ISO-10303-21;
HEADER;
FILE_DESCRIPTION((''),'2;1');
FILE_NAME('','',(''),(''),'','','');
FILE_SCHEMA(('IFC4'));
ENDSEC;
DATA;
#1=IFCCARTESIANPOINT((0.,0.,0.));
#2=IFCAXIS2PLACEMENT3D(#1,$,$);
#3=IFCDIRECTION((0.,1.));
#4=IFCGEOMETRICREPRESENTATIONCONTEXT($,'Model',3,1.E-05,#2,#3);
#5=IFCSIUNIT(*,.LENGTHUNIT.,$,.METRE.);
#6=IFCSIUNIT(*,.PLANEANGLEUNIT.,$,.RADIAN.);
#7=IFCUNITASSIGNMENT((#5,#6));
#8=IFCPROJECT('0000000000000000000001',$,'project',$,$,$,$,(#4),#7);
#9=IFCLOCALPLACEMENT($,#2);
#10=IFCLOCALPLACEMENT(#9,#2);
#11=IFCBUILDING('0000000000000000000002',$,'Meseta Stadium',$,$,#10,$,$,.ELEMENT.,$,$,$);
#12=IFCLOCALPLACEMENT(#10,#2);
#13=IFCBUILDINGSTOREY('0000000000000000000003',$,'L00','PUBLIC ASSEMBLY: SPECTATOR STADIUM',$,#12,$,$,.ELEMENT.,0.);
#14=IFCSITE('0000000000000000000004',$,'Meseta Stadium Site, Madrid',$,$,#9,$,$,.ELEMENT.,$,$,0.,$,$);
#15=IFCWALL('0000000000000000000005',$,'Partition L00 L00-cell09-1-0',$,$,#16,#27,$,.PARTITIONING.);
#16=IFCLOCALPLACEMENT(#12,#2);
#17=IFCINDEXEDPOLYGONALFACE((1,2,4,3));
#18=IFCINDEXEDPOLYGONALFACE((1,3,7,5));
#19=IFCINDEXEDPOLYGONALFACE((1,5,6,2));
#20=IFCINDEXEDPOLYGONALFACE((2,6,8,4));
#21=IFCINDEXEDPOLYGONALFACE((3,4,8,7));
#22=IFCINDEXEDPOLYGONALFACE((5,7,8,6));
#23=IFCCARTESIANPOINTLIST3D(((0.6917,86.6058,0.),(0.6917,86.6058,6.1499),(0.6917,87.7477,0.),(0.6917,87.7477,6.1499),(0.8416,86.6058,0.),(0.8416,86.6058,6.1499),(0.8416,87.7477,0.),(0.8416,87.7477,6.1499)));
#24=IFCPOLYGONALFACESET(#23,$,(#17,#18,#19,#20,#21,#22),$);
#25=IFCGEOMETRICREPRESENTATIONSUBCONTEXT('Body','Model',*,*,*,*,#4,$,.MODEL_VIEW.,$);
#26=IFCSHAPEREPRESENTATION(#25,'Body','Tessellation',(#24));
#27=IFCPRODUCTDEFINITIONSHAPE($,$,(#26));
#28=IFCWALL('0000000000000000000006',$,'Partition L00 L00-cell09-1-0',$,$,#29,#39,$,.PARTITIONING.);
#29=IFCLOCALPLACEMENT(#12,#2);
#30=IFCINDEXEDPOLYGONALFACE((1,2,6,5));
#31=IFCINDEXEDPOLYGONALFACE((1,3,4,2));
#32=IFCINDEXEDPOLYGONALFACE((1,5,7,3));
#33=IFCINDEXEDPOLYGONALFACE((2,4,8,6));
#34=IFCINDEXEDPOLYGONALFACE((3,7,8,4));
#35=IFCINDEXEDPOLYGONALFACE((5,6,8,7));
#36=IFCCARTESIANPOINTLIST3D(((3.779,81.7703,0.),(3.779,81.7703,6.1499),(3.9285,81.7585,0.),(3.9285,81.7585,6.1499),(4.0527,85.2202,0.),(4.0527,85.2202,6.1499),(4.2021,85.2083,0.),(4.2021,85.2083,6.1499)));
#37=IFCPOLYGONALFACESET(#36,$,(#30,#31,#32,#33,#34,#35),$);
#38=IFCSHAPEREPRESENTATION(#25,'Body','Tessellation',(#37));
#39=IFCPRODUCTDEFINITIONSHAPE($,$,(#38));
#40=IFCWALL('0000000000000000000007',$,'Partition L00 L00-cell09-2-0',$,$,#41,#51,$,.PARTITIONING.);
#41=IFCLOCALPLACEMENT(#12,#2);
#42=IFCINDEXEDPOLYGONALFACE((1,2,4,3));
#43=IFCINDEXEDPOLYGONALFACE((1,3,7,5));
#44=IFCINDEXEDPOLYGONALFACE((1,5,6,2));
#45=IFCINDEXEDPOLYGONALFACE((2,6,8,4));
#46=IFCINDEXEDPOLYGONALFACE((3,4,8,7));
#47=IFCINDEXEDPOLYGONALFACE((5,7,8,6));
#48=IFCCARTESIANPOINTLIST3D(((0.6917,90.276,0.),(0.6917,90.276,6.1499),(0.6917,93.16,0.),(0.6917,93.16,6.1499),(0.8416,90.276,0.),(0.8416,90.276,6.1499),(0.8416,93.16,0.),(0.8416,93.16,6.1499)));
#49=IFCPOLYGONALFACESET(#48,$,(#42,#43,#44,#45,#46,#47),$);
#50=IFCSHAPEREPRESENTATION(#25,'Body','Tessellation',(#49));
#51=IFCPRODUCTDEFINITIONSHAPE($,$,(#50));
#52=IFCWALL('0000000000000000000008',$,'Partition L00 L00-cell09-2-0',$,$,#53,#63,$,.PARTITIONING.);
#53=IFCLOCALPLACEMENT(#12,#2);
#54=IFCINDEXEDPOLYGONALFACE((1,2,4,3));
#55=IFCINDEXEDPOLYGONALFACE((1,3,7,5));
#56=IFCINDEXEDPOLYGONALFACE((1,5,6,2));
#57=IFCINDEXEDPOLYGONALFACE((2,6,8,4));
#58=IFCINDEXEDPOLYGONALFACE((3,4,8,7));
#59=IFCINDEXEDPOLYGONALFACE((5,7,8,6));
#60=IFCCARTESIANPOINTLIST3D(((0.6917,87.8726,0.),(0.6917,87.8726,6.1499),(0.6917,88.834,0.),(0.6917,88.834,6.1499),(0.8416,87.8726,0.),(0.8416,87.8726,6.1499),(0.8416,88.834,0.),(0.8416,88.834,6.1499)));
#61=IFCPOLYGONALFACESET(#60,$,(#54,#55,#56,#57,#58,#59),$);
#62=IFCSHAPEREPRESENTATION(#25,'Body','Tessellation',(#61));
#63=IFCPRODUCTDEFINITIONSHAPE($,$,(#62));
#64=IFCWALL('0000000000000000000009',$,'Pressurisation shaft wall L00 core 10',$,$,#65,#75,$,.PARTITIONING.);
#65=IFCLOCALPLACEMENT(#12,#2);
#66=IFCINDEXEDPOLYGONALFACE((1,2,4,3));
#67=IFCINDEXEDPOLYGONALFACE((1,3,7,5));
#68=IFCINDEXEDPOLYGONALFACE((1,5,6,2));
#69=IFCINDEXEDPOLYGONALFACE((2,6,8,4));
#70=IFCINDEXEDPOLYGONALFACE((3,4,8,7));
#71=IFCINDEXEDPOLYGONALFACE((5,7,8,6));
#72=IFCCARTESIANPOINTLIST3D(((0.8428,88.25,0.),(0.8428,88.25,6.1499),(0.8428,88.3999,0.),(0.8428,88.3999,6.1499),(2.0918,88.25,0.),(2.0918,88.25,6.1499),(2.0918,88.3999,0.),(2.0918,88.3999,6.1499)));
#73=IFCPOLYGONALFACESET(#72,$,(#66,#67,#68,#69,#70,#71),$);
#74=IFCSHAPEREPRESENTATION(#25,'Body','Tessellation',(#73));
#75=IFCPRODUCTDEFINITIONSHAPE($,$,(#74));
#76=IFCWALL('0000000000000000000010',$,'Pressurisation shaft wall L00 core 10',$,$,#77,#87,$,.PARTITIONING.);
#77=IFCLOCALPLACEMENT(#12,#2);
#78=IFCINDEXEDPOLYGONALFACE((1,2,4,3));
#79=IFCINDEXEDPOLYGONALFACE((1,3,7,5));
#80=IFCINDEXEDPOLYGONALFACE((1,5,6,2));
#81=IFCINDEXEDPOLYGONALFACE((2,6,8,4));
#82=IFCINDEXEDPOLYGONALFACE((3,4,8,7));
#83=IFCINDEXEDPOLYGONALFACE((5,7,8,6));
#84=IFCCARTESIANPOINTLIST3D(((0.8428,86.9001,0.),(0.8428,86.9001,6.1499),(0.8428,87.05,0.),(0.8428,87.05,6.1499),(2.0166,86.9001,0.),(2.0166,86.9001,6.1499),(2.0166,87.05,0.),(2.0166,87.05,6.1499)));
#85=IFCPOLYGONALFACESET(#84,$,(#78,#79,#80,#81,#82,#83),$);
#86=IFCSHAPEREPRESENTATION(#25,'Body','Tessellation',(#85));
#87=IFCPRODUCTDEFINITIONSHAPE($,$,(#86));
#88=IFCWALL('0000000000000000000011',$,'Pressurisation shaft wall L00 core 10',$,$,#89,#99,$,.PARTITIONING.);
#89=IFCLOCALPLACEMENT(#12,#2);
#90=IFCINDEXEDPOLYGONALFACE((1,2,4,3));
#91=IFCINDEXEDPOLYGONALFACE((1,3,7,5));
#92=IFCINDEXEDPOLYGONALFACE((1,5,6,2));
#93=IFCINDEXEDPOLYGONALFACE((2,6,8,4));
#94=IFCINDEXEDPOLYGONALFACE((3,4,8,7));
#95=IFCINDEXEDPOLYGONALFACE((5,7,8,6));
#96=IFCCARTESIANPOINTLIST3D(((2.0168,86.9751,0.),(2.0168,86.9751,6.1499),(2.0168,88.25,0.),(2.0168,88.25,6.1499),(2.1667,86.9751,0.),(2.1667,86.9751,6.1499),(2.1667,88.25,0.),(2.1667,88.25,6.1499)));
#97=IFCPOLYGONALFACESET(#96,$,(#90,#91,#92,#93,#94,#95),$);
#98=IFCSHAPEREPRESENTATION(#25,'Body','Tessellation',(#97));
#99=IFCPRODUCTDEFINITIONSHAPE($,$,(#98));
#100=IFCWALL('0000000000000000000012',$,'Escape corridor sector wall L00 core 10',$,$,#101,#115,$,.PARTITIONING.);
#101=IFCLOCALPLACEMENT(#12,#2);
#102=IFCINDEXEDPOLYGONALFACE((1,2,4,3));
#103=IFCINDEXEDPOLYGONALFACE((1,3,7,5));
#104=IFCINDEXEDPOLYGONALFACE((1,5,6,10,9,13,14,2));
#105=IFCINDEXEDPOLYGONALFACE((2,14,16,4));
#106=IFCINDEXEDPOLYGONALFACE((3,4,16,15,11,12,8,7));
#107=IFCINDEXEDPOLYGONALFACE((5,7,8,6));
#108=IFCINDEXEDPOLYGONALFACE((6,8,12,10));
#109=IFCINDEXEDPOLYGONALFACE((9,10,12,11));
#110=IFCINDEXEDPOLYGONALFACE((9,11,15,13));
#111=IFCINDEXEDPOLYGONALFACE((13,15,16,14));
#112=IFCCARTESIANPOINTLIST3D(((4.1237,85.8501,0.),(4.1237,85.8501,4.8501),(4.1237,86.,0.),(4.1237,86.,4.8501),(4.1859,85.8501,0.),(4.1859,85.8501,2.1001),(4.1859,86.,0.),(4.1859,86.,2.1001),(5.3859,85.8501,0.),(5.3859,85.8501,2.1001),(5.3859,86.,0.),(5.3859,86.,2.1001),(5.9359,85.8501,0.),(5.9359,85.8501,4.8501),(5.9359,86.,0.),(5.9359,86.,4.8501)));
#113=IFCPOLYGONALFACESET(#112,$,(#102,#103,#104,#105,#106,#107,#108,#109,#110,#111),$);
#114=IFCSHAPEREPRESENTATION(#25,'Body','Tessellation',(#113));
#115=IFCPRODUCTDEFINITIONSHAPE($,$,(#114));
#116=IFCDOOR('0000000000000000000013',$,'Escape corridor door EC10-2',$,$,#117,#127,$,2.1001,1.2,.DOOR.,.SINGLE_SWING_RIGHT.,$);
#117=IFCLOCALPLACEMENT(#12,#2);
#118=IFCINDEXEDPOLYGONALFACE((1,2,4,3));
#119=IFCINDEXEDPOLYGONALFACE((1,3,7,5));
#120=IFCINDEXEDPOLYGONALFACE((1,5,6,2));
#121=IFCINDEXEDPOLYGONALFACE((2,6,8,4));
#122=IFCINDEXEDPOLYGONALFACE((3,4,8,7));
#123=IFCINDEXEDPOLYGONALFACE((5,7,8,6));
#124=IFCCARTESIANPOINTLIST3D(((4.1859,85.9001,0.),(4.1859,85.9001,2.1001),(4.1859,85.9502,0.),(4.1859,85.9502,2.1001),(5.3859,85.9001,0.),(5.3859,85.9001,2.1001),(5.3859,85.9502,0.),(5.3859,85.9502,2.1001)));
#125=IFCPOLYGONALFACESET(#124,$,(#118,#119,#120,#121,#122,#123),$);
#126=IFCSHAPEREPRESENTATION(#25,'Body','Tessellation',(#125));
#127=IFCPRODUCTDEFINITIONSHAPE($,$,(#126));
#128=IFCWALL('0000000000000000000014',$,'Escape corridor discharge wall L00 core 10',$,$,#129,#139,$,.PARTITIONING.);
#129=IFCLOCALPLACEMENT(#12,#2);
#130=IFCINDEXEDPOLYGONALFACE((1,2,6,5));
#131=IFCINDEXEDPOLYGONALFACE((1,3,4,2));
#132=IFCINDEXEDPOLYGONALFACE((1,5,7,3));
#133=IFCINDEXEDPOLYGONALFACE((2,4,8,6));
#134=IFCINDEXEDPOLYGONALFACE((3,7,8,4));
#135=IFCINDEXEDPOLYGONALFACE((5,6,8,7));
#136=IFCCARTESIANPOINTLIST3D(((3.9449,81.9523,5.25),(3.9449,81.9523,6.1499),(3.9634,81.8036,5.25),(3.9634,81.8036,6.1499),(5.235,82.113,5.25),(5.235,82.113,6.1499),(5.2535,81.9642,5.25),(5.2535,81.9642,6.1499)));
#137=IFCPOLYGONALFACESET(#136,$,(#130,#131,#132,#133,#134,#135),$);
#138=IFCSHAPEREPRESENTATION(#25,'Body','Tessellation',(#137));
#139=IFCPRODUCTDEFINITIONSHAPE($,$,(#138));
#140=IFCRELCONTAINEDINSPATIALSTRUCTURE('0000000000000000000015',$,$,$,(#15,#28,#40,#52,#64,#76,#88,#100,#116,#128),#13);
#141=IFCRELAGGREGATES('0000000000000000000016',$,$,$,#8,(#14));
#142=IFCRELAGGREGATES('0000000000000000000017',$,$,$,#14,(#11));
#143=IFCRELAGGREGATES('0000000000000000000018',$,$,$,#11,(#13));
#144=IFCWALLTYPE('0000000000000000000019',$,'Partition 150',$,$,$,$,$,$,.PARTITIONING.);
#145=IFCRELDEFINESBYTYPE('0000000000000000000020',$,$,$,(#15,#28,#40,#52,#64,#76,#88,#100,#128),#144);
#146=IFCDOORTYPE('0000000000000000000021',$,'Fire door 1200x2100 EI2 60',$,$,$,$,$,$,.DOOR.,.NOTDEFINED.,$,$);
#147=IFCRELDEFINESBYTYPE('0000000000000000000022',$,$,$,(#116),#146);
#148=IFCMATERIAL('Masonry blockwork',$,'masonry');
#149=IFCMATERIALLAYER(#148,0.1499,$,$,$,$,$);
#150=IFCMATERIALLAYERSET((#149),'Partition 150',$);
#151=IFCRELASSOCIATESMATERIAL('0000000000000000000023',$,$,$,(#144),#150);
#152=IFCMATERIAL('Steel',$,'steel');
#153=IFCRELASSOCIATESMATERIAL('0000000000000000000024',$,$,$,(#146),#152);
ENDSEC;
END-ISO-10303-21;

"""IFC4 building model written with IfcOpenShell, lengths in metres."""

from ifc_helpers import new_model, si_unit, direction, frame, frame_2d, origin, place, context, subcontext, project, spatial, rectangle, extrude, material, layer, layer_set, type_object, element, fill, save


model = new_model("IFC4")

# Units and contexts
model_context = context("Model", 3, precision=1e-05, world=origin(), true_north=direction((0.0, 1.0)))
body_context = subcontext(model_context, "Body", "Model", "MODEL_VIEW")
ifc_project = project(units=[si_unit("LENGTHUNIT", "METRE"), si_unit("PLANEANGLEUNIT", "RADIAN")], contexts=[model_context])

# Site, building, storey
site_placement = place(None, origin())
site = spatial("IfcSite", under=ifc_project, at=site_placement, Name="Meseta Stadium Site, Madrid", CompositionType="ELEMENT", RefElevation=0.0)
building_placement = place(site_placement, origin())
building = spatial("IfcBuilding", under=site, at=building_placement, Name="Meseta Stadium", CompositionType="ELEMENT")
storey_placement = place(building_placement, origin())
storey = spatial("IfcBuildingStorey", under=building, at=storey_placement, Name="L00", Description="PUBLIC ASSEMBLY: SPECTATOR STADIUM", CompositionType="ELEMENT", Elevation=0.0)

# Walls
ifc_material_1 = material(Name="Masonry blockwork", Category="masonry")
ifc_layer_1 = layer(ifc_material_1, 0.1499)
ifc_layer_set_1 = layer_set([ifc_layer_1], Name="Partition 150")
wall_type_1 = type_object("IfcWallType", Name="Partition 150", PredefinedType="PARTITIONING", material=ifc_layer_set_1)
wall_1_placement = place(storey_placement, frame((0.7666, 87.7476, 0.0), z_axis=(0.0, 0.0, 1.0), x_axis=(0.0, -1.0, 0.0)))
element("IfcWall", 1, at=wall_1_placement, inside=storey, type_object=wall_type_1, Name="Partition L00 L00-cell09-1-0", PredefinedType="PARTITIONING", context=body_context, shape_type="SweptSolid", body=[
    extrude(rectangle(XDim=1.1418, YDim=0.1499, at=frame_2d((0.5708, 0.0))), origin(), (0.0, 0.0, 1.0), 6.1499),
])
wall_2_placement = place(storey_placement, frame((4.1274, 85.2144, 0.0), z_axis=(0.0, 0.0, 1.0), x_axis=(-0.079081, -0.996868, 0.0)))
element("IfcWall", 2, at=wall_2_placement, inside=storey, type_object=wall_type_1, Name="Partition L00 L00-cell09-1-0", PredefinedType="PARTITIONING", context=body_context, shape_type="SweptSolid", body=[
    extrude(rectangle(XDim=3.4607, YDim=0.1499, at=frame_2d((1.7305, 0.0))), origin(), (0.0, 0.0, 1.0), 6.1499),
])
wall_3_placement = place(storey_placement, frame((0.7666, 93.1599, 0.0), z_axis=(0.0, 0.0, 1.0), x_axis=(0.0, -1.0, 0.0)))
element("IfcWall", 3, at=wall_3_placement, inside=storey, type_object=wall_type_1, Name="Partition L00 L00-cell09-2-0", PredefinedType="PARTITIONING", context=body_context, shape_type="SweptSolid", body=[
    extrude(rectangle(XDim=2.884, YDim=0.1499, at=frame_2d((1.4419, 0.0))), origin(), (0.0, 0.0, 1.0), 6.1499),
])
wall_4_placement = place(storey_placement, frame((0.7666, 88.834, 0.0), z_axis=(0.0, 0.0, 1.0), x_axis=(0.0, -1.0, 0.0)))
element("IfcWall", 4, at=wall_4_placement, inside=storey, type_object=wall_type_1, Name="Partition L00 L00-cell09-2-0", PredefinedType="PARTITIONING", context=body_context, shape_type="SweptSolid", body=[
    extrude(rectangle(XDim=0.9614, YDim=0.1499, at=frame_2d((0.4807, 0.0))), origin(), (0.0, 0.0, 1.0), 6.1499),
])
wall_5_placement = place(storey_placement, frame((2.0918, 88.325, 0.0), z_axis=(0.0, 0.0, 1.0), x_axis=(-1.0, 0.0, 0.0)))
element("IfcWall", 5, at=wall_5_placement, inside=storey, type_object=wall_type_1, Name="Pressurisation shaft wall L00 core 10", PredefinedType="PARTITIONING", context=body_context, shape_type="SweptSolid", body=[
    extrude(rectangle(XDim=1.249, YDim=0.1499, at=frame_2d((0.6245, 0.0))), origin(), (0.0, 0.0, 1.0), 6.1499),
])
wall_6_placement = place(storey_placement, frame((0.8428, 86.9751, 0.0), z_axis=(0.0, 0.0, 1.0), x_axis=(1.0, 0.0, 0.0)))
element("IfcWall", 6, at=wall_6_placement, inside=storey, type_object=wall_type_1, Name="Pressurisation shaft wall L00 core 10", PredefinedType="PARTITIONING", context=body_context, shape_type="SweptSolid", body=[
    extrude(rectangle(XDim=1.1738, YDim=0.1499, at=frame_2d((0.5869, 0.0))), origin(), (0.0, 0.0, 1.0), 6.1499),
])
wall_7_placement = place(storey_placement, frame((2.0918, 86.9751, 0.0), z_axis=(0.0, 0.0, 1.0), x_axis=(0.0, 1.0, 0.0)))
element("IfcWall", 7, at=wall_7_placement, inside=storey, type_object=wall_type_1, Name="Pressurisation shaft wall L00 core 10", PredefinedType="PARTITIONING", context=body_context, shape_type="SweptSolid", body=[
    extrude(rectangle(XDim=1.2749, YDim=0.1499, at=frame_2d((0.6375, 0.0))), origin(), (0.0, 0.0, 1.0), 6.1499),
])

# Wall, opening, door
wall_8_placement = place(storey_placement, frame((5.936, 85.925, 0.0), z_axis=(0.0, 0.0, 1.0), x_axis=(-1.0, 0.0, 0.0)))
wall_8 = element("IfcWall", 8, at=wall_8_placement, inside=storey, type_object=wall_type_1, Name="Escape corridor sector wall L00 core 10", PredefinedType="PARTITIONING", context=body_context, shape_type="SweptSolid", body=[
    extrude(rectangle(XDim=1.8123, YDim=0.1499, at=frame_2d((0.9062, 0.0))), origin(), (0.0, 0.0, 1.0), 4.8501),
])
opening_1_placement = place(wall_8_placement, frame((0.55, 0.0, 0.0)))
opening_1 = element("IfcOpeningElement", 9, at=opening_1_placement, cuts=wall_8, PredefinedType="OPENING", context=body_context, shape_type="SweptSolid", body=[
    extrude(rectangle(XDim=1.2, YDim=2.1001, at=frame_2d((0.6001, 1.05))), frame((0.0, 0.085, 0.0), z_axis=(0.0, -1.0, 0.0), x_axis=(1.0, 0.0, 0.0)), (0.0, 0.0, 1.0), 0.1699),
])
ifc_material_2 = material(Name="Steel", Category="steel")
door_type_1 = type_object("IfcDoorType", Name="Fire door 1200x2100 EI2 60", OperationType="NOTDEFINED", PredefinedType="DOOR", material=ifc_material_2)
door_1_placement = place(opening_1_placement, origin())
door_1 = element("IfcDoor", 10, at=door_1_placement, inside=storey, type_object=door_type_1, Name="Escape corridor door EC10-2", OperationType="SINGLE_SWING_RIGHT", OverallHeight=2.1001, OverallWidth=1.2, PredefinedType="DOOR", context=body_context, shape_type="SweptSolid", body=[
    extrude(rectangle(XDim=1.2, YDim=2.1001, at=frame_2d((0.6001, 1.05))), frame((0.0, 0.0249, 0.0), z_axis=(0.0, -1.0, 0.0), x_axis=(1.0, 0.0, 0.0)), (0.0, 0.0, 1.0), 0.05),
])
fill(opening_1, door_1)

# Wall
wall_9_placement = place(storey_placement, frame((5.2441, 82.0386, 5.25), z_axis=(0.0, 0.0, 1.0), x_axis=(-0.992336, -0.123572, 0.0)))
element("IfcWall", 11, at=wall_9_placement, inside=storey, type_object=wall_type_1, Name="Escape corridor discharge wall L00 core 10", PredefinedType="PARTITIONING", context=body_context, shape_type="SweptSolid", body=[
    extrude(rectangle(XDim=1.3, YDim=0.1499, at=frame_2d((0.6499, 0.0))), origin(), (0.0, 0.0, 1.0), 0.8999),
])

save(model, "model.ifc")
